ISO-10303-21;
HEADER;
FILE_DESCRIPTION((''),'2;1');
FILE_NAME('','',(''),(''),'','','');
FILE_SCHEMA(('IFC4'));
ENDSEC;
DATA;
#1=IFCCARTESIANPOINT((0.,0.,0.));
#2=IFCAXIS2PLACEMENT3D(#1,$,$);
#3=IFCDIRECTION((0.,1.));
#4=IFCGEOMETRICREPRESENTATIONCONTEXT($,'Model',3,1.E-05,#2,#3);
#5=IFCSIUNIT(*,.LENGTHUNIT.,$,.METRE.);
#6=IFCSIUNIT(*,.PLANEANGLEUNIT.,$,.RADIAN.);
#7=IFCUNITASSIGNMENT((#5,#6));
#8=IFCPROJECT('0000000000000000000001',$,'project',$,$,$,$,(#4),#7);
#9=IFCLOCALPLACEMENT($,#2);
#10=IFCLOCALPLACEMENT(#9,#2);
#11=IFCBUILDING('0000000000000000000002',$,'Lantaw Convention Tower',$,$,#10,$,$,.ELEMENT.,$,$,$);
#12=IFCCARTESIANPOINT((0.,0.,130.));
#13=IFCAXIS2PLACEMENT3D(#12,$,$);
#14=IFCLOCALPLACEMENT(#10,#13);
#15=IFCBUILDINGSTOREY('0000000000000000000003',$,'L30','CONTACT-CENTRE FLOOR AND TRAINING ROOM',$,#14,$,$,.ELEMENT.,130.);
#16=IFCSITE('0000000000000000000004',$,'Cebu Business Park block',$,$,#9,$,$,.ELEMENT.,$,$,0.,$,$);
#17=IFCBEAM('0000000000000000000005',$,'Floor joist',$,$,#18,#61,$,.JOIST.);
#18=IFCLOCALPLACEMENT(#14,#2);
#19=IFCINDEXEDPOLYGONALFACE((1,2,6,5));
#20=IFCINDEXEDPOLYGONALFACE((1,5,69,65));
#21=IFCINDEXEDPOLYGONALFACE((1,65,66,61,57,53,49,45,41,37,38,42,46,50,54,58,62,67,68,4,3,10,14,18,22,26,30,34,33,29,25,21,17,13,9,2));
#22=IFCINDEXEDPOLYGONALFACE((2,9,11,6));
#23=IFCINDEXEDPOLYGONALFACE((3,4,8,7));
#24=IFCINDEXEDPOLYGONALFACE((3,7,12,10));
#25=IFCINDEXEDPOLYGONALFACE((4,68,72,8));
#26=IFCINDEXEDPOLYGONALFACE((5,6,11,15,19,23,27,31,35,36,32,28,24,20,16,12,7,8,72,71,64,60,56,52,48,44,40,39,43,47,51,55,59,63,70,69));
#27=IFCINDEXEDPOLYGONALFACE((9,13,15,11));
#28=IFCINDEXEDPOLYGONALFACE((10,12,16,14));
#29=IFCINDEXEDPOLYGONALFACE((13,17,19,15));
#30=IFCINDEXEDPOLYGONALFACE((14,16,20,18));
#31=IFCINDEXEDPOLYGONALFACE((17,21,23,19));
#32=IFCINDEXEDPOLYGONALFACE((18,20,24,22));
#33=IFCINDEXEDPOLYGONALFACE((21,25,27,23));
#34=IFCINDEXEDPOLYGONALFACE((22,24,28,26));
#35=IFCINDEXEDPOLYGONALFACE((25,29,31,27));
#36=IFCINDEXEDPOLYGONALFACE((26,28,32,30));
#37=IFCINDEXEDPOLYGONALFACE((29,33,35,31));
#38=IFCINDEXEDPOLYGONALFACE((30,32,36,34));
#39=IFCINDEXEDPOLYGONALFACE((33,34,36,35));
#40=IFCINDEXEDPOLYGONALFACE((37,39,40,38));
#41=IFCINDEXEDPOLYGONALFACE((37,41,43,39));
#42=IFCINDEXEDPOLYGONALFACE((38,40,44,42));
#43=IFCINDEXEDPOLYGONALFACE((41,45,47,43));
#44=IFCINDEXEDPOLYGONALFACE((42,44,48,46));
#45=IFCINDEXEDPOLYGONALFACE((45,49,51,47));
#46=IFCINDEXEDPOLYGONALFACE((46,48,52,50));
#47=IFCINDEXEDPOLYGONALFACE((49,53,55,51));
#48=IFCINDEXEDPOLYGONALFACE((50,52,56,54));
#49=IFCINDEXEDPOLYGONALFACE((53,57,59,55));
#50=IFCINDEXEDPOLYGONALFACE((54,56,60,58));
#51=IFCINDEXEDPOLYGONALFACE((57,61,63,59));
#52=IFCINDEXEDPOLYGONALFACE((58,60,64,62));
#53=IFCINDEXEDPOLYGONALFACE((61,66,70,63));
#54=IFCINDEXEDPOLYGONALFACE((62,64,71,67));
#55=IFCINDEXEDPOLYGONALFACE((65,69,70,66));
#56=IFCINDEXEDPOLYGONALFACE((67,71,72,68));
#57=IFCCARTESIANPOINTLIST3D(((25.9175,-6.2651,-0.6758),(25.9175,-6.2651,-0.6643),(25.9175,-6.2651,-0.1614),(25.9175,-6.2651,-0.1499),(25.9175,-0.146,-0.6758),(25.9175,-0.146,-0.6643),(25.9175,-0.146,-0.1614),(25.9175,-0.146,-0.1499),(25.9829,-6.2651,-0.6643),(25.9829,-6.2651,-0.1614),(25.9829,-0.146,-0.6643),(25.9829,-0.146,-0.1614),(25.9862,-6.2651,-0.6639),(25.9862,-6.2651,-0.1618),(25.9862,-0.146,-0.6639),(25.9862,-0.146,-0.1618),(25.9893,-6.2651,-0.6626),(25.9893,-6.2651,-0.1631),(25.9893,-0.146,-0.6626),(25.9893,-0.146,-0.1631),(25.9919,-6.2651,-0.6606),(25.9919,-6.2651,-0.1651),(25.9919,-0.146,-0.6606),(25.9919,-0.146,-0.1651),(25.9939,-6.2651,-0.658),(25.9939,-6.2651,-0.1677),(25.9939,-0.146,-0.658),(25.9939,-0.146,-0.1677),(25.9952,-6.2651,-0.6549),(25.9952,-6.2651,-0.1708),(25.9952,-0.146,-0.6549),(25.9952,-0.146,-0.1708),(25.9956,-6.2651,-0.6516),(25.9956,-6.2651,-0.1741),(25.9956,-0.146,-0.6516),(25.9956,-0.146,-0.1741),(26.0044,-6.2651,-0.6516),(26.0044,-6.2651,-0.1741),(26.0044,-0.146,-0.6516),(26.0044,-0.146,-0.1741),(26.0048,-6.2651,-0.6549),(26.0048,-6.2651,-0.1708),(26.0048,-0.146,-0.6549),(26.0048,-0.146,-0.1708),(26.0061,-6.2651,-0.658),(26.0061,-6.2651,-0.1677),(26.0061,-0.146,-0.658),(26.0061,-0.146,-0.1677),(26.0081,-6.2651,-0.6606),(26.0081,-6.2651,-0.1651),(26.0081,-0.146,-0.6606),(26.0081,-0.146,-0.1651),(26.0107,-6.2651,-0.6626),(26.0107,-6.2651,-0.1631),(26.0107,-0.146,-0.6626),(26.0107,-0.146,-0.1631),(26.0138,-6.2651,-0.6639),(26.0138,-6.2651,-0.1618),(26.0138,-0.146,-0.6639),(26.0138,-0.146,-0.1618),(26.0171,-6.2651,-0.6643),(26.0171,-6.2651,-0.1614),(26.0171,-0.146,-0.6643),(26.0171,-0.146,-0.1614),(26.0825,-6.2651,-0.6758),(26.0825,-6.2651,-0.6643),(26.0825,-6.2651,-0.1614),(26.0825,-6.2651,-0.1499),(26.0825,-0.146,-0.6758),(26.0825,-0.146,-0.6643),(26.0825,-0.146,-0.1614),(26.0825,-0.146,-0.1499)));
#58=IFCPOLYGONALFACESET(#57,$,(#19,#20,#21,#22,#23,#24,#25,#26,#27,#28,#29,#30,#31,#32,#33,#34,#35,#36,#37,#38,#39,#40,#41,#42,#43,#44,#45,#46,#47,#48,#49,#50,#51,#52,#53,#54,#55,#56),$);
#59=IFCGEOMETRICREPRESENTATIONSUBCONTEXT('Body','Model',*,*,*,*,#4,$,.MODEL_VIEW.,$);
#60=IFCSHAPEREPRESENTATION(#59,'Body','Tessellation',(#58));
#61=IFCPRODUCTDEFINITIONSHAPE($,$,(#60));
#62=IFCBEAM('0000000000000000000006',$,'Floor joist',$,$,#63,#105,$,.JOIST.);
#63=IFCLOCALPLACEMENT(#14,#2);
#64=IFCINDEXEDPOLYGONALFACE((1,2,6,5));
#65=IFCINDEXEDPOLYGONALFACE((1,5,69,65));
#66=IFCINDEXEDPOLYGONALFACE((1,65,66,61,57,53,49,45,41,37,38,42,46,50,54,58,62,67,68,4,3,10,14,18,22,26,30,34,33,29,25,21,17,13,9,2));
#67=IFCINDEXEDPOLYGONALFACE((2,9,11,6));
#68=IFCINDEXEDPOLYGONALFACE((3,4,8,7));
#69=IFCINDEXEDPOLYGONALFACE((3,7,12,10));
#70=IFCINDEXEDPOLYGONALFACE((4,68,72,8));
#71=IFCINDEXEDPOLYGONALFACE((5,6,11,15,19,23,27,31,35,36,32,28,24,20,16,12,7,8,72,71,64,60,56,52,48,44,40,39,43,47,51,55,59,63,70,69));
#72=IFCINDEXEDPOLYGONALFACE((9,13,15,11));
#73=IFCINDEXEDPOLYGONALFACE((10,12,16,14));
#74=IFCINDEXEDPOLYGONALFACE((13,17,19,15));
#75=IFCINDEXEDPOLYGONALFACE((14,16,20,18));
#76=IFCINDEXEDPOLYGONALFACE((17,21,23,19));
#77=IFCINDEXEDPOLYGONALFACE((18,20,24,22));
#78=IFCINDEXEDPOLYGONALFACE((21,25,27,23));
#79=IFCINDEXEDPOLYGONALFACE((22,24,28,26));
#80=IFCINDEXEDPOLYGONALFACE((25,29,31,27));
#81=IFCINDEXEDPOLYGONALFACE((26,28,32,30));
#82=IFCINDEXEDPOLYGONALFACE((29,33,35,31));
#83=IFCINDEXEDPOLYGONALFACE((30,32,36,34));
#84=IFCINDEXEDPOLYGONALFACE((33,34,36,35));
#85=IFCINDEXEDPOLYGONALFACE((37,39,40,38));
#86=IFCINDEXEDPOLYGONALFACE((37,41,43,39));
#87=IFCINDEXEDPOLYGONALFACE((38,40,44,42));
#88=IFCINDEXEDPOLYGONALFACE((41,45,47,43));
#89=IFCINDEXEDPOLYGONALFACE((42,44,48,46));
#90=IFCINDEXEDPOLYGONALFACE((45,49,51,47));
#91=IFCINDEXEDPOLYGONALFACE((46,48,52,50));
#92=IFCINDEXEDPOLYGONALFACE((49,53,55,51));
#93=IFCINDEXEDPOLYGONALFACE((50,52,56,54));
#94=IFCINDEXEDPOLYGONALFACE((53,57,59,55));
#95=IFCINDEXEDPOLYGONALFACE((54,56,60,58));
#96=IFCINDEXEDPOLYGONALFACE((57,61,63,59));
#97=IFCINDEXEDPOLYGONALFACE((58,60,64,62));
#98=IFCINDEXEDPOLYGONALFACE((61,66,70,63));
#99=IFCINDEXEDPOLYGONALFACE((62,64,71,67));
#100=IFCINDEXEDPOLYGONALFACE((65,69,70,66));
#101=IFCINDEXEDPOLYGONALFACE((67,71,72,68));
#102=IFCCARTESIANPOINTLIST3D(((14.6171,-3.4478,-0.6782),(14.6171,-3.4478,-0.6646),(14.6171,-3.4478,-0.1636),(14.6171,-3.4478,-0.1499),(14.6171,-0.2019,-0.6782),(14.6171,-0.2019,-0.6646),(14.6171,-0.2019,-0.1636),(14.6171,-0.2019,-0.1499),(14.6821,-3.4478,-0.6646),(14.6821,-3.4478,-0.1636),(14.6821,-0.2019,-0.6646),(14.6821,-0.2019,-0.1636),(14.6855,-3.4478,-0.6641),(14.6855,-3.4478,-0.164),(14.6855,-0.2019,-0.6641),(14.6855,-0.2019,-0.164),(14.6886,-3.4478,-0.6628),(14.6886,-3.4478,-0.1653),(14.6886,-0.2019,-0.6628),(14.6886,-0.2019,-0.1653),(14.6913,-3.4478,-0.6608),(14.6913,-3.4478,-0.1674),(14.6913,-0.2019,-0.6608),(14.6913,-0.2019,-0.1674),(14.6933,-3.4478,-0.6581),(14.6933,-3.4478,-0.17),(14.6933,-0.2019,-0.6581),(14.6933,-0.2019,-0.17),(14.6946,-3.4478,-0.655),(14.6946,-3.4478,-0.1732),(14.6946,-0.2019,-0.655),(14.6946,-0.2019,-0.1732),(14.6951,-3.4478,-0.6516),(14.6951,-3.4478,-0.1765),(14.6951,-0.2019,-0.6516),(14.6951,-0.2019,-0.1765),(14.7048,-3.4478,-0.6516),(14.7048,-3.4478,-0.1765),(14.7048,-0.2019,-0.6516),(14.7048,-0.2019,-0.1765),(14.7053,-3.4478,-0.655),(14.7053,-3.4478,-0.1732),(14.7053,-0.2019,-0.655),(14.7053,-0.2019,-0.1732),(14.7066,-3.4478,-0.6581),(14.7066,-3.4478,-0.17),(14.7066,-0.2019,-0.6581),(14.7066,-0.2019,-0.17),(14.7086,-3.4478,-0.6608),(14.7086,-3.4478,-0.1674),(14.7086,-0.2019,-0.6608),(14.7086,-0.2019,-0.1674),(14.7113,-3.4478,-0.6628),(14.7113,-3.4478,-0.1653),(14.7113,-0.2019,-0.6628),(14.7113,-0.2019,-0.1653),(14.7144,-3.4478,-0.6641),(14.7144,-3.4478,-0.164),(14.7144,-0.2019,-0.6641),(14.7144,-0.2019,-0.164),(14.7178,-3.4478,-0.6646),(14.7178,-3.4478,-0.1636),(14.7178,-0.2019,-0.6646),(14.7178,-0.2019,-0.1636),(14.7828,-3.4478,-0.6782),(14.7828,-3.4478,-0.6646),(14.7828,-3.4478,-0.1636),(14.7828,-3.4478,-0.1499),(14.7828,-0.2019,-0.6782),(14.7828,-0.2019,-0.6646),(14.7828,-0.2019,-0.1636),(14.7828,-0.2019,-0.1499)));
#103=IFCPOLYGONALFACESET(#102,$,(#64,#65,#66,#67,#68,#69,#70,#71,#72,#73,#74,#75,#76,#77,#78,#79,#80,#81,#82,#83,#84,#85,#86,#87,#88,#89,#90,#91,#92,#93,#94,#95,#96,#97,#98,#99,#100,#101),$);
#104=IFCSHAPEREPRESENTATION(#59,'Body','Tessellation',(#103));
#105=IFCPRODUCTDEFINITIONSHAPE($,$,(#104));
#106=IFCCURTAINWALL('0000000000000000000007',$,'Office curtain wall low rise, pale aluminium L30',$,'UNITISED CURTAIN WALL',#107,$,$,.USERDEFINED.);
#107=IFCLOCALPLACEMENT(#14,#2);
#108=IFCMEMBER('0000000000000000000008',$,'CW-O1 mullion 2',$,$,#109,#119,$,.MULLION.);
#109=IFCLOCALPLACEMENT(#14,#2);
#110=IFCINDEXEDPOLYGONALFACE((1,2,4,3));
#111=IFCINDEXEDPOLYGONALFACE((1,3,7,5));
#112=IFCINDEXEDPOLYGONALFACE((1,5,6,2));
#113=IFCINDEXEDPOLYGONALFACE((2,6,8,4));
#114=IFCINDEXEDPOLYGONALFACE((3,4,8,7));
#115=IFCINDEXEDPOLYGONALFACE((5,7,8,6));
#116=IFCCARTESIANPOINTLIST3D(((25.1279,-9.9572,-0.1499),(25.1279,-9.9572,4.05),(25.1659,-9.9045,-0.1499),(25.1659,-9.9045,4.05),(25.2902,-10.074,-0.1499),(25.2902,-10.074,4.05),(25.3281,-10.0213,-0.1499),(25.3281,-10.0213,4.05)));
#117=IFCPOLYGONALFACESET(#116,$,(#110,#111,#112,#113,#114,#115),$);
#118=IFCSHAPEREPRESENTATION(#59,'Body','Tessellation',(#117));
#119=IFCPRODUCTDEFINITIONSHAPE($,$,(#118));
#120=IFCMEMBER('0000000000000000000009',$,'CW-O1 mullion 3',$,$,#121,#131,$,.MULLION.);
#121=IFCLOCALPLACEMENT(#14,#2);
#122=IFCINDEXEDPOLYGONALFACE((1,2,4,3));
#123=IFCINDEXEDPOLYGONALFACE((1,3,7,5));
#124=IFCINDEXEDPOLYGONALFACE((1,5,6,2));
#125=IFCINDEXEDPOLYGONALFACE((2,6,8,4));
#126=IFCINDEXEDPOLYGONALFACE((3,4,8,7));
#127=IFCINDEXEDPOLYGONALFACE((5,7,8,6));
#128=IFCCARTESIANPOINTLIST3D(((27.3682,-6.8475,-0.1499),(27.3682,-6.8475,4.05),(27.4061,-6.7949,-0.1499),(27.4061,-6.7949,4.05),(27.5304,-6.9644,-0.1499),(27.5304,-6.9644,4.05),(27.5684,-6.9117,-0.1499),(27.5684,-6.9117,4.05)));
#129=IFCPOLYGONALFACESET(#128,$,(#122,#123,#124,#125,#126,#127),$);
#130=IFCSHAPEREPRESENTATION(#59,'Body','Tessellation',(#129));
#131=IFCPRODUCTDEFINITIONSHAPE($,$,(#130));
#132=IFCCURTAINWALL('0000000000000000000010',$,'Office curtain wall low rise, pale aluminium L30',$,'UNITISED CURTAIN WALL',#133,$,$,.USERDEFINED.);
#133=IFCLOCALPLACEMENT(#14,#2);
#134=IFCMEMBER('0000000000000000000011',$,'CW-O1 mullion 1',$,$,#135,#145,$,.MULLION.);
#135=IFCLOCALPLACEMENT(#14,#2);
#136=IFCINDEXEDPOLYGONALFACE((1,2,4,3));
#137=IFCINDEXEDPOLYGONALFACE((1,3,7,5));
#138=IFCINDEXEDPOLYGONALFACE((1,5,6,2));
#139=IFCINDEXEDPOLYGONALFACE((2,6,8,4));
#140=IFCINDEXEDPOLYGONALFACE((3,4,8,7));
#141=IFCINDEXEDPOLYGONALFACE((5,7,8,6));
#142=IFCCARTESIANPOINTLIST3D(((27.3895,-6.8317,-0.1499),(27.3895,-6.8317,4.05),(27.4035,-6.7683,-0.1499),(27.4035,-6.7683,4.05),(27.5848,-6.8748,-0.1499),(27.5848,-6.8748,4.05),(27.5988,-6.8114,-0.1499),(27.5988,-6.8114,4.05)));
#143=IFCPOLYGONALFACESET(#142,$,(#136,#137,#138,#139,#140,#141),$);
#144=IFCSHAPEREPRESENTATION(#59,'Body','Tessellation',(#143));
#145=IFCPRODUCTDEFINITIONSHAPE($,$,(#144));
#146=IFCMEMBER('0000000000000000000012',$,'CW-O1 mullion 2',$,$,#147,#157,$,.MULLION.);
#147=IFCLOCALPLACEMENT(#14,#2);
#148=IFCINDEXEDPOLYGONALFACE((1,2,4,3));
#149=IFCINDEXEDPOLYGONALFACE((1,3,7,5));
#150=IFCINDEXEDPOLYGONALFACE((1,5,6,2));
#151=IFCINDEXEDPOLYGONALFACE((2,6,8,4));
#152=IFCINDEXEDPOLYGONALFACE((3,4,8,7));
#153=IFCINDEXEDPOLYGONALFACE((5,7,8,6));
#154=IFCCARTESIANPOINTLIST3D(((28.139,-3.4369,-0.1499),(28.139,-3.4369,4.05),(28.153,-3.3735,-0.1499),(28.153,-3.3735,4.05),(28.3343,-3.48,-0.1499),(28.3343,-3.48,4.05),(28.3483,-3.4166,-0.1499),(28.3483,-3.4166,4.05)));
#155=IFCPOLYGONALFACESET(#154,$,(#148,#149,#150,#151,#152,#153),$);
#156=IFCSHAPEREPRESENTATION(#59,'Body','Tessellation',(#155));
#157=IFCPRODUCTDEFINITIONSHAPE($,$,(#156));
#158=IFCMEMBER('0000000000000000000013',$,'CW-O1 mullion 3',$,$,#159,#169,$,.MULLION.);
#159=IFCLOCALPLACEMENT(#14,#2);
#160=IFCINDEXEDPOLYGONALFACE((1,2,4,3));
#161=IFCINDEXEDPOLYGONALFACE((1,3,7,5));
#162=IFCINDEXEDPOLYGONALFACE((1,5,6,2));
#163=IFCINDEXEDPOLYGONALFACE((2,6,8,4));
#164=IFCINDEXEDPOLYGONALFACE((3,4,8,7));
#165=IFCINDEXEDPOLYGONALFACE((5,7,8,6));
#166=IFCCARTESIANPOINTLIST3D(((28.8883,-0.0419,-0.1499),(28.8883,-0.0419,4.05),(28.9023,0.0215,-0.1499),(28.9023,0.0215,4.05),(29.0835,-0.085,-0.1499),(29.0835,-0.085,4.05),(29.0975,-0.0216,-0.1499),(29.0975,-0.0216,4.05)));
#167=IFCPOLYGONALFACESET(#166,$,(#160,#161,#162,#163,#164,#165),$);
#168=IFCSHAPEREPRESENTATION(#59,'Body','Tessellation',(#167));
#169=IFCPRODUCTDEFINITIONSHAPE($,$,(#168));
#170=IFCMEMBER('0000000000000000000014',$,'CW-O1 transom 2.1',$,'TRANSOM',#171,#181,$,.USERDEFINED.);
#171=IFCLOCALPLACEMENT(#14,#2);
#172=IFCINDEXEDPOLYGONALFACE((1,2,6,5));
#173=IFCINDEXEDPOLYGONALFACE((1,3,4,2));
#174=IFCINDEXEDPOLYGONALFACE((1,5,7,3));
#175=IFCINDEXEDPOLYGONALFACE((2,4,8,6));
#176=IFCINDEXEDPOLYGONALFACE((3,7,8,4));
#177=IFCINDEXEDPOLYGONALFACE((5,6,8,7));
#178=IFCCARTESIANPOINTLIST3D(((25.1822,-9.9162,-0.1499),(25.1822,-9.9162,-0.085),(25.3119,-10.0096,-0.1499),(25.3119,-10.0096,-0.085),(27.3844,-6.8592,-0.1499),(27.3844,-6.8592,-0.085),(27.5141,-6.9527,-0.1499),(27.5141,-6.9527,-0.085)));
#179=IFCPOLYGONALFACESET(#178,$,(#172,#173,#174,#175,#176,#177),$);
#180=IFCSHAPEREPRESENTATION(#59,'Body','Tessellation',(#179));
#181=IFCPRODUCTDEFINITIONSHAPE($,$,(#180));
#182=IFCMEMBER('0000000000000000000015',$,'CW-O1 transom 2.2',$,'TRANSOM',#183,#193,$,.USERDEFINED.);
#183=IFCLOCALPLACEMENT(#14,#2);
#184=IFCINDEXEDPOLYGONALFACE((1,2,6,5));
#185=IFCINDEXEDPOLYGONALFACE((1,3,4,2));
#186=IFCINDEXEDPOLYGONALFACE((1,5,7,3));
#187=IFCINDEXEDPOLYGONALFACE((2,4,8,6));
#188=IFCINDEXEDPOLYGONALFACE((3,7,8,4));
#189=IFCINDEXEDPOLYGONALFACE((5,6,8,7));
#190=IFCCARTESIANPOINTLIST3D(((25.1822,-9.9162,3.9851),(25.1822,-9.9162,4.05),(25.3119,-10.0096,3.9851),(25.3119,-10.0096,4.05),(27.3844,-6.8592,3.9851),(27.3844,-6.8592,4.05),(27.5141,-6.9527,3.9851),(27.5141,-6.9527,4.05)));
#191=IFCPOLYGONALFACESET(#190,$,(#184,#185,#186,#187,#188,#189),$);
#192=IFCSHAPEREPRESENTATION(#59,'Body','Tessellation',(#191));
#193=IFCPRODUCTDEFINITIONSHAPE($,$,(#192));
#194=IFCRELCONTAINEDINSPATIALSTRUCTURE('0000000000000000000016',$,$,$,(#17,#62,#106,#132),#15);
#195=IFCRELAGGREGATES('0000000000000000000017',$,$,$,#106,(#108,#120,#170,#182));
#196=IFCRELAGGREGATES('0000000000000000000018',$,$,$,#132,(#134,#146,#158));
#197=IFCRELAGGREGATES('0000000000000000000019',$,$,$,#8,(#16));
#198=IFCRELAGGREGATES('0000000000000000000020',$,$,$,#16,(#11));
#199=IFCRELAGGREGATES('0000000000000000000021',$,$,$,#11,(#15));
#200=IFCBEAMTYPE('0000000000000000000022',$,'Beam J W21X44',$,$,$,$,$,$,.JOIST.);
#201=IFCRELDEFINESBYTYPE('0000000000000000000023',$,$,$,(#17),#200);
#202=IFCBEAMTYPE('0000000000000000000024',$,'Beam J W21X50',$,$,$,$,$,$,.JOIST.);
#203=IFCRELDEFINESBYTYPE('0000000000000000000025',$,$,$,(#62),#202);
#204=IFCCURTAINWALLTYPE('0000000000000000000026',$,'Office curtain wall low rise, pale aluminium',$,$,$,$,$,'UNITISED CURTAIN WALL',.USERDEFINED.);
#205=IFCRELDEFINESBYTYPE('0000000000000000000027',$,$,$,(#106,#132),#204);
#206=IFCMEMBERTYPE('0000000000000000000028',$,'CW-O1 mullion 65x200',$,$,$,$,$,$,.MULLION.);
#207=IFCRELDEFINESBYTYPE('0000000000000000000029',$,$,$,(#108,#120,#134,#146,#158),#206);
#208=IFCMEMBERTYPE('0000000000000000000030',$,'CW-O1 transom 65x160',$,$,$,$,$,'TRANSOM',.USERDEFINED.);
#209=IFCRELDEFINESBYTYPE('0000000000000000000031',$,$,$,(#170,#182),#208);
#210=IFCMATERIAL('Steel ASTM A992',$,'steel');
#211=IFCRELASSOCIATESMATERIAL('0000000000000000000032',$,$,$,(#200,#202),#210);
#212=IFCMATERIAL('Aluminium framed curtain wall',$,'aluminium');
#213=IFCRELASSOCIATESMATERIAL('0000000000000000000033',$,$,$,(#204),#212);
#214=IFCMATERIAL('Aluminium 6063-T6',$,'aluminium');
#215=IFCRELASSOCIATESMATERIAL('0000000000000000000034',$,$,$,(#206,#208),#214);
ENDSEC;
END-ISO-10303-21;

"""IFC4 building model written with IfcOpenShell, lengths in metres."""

from ifc_helpers import new_model, si_unit, direction, frame, origin, origin_2d, place, context, subcontext, project, spatial, rectangle, i_section, extrude, material, material_profile, profile_set, type_object, element, aggregate, save


model = new_model("IFC4")

# Units and contexts
model_context = context("Model", 3, precision=1e-05, world=origin(), true_north=direction((0.0, 1.0)))
body_context = subcontext(model_context, "Body", "Model", "MODEL_VIEW")
ifc_project = project(units=[si_unit("LENGTHUNIT", "METRE"), si_unit("PLANEANGLEUNIT", "RADIAN")], contexts=[model_context])

# Site, building, storey
site_placement = place(None, origin())
site = spatial("IfcSite", under=ifc_project, at=site_placement, Name="Cebu Business Park block", CompositionType="ELEMENT", RefElevation=0.0)
building_placement = place(site_placement, origin())
building = spatial("IfcBuilding", under=site, at=building_placement, Name="Lantaw Convention Tower", CompositionType="ELEMENT")
storey_placement = place(building_placement, frame((0.0, 0.0, 130.0)))
storey = spatial("IfcBuildingStorey", under=building, at=storey_placement, Name="L30", Description="CONTACT-CENTRE FLOOR AND TRAINING ROOM", CompositionType="ELEMENT", Elevation=130.0)

# Beams
ifc_material_1 = material(Name="Steel ASTM A992", Category="steel")
ifc_material_profile_1 = material_profile(ifc_material_1, i_section(OverallWidth=0.165, OverallDepth=0.5259, WebThickness=0.0088, FlangeThickness=0.0115, FilletRadius=0.0127, at=origin_2d()), Name="W21X44")
ifc_profile_set_1 = profile_set([ifc_material_profile_1], Name="Steel ASTM A992")
beam_type_1 = type_object("IfcBeamType", Name="Beam J W21X44", PredefinedType="JOIST", material=ifc_profile_set_1)
beam_1_placement = place(storey_placement, frame((26.0, -6.2651, -0.4128), z_axis=(0.0, 1.0, 0.0), x_axis=(-1.0, 0.0, 0.0)))
element("IfcBeam", 1, at=beam_1_placement, inside=storey, type_object=beam_type_1, Name="Floor joist", PredefinedType="JOIST", context=body_context, shape_type="SweptSolid", body=[
    extrude(i_section(OverallWidth=0.165, OverallDepth=0.5259, WebThickness=0.0088, FlangeThickness=0.0115, FilletRadius=0.0127, at=origin_2d()), origin(), (0.0, 0.0, 1.0), 6.1191),
])
ifc_material_profile_2 = material_profile(ifc_material_1, i_section(OverallWidth=0.1658, OverallDepth=0.5283, WebThickness=0.0098, FlangeThickness=0.0137, FilletRadius=0.0129, at=origin_2d()), Name="W21X50")
ifc_profile_set_2 = profile_set([ifc_material_profile_2], Name="Steel ASTM A992")
beam_type_2 = type_object("IfcBeamType", Name="Beam J W21X50", PredefinedType="JOIST", material=ifc_profile_set_2)
beam_2_placement = place(storey_placement, frame((14.7, -3.4478, -0.4141), z_axis=(0.0, 1.0, 0.0), x_axis=(-1.0, 0.0, 0.0)))
element("IfcBeam", 2, at=beam_2_placement, inside=storey, type_object=beam_type_2, Name="Floor joist", PredefinedType="JOIST", context=body_context, shape_type="SweptSolid", body=[
    extrude(i_section(OverallWidth=0.1658, OverallDepth=0.5283, WebThickness=0.0098, FlangeThickness=0.0137, FilletRadius=0.0129, at=origin_2d()), origin(), (0.0, 0.0, 1.0), 3.2458),
])

# Curtain walls, members
ifc_material_2 = material(Name="Aluminium framed curtain wall", Category="aluminium")
curtain_wall_type = type_object("IfcCurtainWallType", Name="Office curtain wall low rise, pale aluminium", ElementType="UNITISED CURTAIN WALL", PredefinedType="USERDEFINED", material=ifc_material_2)
curtain_wall_1_placement = place(storey_placement, origin())
curtain_wall_1 = element("IfcCurtainWall", 3, at=curtain_wall_1_placement, inside=storey, type_object=curtain_wall_type, Name="Office curtain wall low rise, pale aluminium L30", ObjectType="UNITISED CURTAIN WALL", PredefinedType="USERDEFINED")
ifc_material_3 = material(Name="Aluminium 6063-T6", Category="aluminium")
ifc_material_profile_3 = material_profile(ifc_material_3, rectangle(XDim=0.2, YDim=0.0649, at=origin_2d()), Name="CW-O1 mullion 65x200")
ifc_profile_set_3 = profile_set([ifc_material_profile_3], Name="Aluminium 6063-T6")
member_type_1 = type_object("IfcMemberType", Name="CW-O1 mullion 65x200", PredefinedType="MULLION", material=ifc_profile_set_3)
member_1_placement = place(storey_placement, frame((25.228, -9.9893, -0.1499), z_axis=(0.0, 0.0, 1.0), x_axis=(-0.811385, 0.584513, 0.0)))
member_1 = element("IfcMember", 4, at=member_1_placement, type_object=member_type_1, Name="CW-O1 mullion 2", PredefinedType="MULLION", context=body_context, shape_type="SweptSolid", body=[
    extrude(rectangle(XDim=0.2, YDim=0.0649, at=origin_2d()), origin(), (0.0, 0.0, 1.0), 4.2),
])
member_2_placement = place(storey_placement, frame((27.4683, -6.8796, -0.1499), z_axis=(0.0, 0.0, 1.0), x_axis=(-0.811385, 0.584513, 0.0)))
member_2 = element("IfcMember", 5, at=member_2_placement, type_object=member_type_1, Name="CW-O1 mullion 3", PredefinedType="MULLION", context=body_context, shape_type="SweptSolid", body=[
    extrude(rectangle(XDim=0.2, YDim=0.0649, at=origin_2d()), origin(), (0.0, 0.0, 1.0), 4.2),
])
curtain_wall_2_placement = place(storey_placement, origin())
curtain_wall_2 = element("IfcCurtainWall", 6, at=curtain_wall_2_placement, inside=storey, type_object=curtain_wall_type, Name="Office curtain wall low rise, pale aluminium L30", ObjectType="UNITISED CURTAIN WALL", PredefinedType="USERDEFINED")
member_3_placement = place(storey_placement, frame((27.4941, -6.8215, -0.1499), z_axis=(0.0, 0.0, 1.0), x_axis=(-0.976494, 0.215546, 0.0)))
member_3 = element("IfcMember", 7, at=member_3_placement, type_object=member_type_1, Name="CW-O1 mullion 1", PredefinedType="MULLION", context=body_context, shape_type="SweptSolid", body=[
    extrude(rectangle(XDim=0.2, YDim=0.0649, at=origin_2d()), origin(), (0.0, 0.0, 1.0), 4.2),
])
member_4_placement = place(storey_placement, frame((28.2437, -3.4268, -0.1499), z_axis=(0.0, 0.0, 1.0), x_axis=(-0.976494, 0.215546, 0.0)))
member_4 = element("IfcMember", 8, at=member_4_placement, type_object=member_type_1, Name="CW-O1 mullion 2", PredefinedType="MULLION", context=body_context, shape_type="SweptSolid", body=[
    extrude(rectangle(XDim=0.2, YDim=0.0649, at=origin_2d()), origin(), (0.0, 0.0, 1.0), 4.2),
])
member_5_placement = place(storey_placement, frame((28.9929, -0.0317, -0.1499), z_axis=(0.0, 0.0, 1.0), x_axis=(-0.976494, 0.215546, 0.0)))
member_5 = element("IfcMember", 9, at=member_5_placement, type_object=member_type_1, Name="CW-O1 mullion 3", PredefinedType="MULLION", context=body_context, shape_type="SweptSolid", body=[
    extrude(rectangle(XDim=0.2, YDim=0.0649, at=origin_2d()), origin(), (0.0, 0.0, 1.0), 4.2),
])

# Members
ifc_material_profile_4 = material_profile(ifc_material_3, rectangle(XDim=0.1599, YDim=0.0649, at=origin_2d()), Name="CW-O1 transom 65x160")
ifc_profile_set_4 = profile_set([ifc_material_profile_4], Name="Aluminium 6063-T6")
member_type_2 = type_object("IfcMemberType", Name="CW-O1 transom 65x160", ElementType="TRANSOM", PredefinedType="USERDEFINED", material=ifc_profile_set_4)
member_6_placement = place(storey_placement, frame((25.2471, -9.9629, -0.1174), z_axis=(0.584513, 0.811384, 0.0), x_axis=(-0.811384, 0.584513, 0.0)))
member_6 = element("IfcMember", 10, at=member_6_placement, type_object=member_type_2, Name="CW-O1 transom 2.1", ObjectType="TRANSOM", PredefinedType="USERDEFINED", context=body_context, shape_type="SweptSolid", body=[
    extrude(rectangle(XDim=0.1599, YDim=0.0649, at=origin_2d()), origin(), (0.0, 0.0, 1.0), 3.7676),
])
member_7_placement = place(storey_placement, frame((25.2471, -9.9629, 4.0176), z_axis=(0.584513, 0.811384, 0.0), x_axis=(-0.811384, 0.584513, 0.0)))
member_7 = element("IfcMember", 11, at=member_7_placement, type_object=member_type_2, Name="CW-O1 transom 2.2", ObjectType="TRANSOM", PredefinedType="USERDEFINED", context=body_context, shape_type="SweptSolid", body=[
    extrude(rectangle(XDim=0.1599, YDim=0.0649, at=origin_2d()), origin(), (0.0, 0.0, 1.0), 3.7676),
])

aggregate(curtain_wall_1, [member_1, member_2, member_6, member_7])
aggregate(curtain_wall_2, [member_3, member_4, member_5])

save(model, "model.ifc")
